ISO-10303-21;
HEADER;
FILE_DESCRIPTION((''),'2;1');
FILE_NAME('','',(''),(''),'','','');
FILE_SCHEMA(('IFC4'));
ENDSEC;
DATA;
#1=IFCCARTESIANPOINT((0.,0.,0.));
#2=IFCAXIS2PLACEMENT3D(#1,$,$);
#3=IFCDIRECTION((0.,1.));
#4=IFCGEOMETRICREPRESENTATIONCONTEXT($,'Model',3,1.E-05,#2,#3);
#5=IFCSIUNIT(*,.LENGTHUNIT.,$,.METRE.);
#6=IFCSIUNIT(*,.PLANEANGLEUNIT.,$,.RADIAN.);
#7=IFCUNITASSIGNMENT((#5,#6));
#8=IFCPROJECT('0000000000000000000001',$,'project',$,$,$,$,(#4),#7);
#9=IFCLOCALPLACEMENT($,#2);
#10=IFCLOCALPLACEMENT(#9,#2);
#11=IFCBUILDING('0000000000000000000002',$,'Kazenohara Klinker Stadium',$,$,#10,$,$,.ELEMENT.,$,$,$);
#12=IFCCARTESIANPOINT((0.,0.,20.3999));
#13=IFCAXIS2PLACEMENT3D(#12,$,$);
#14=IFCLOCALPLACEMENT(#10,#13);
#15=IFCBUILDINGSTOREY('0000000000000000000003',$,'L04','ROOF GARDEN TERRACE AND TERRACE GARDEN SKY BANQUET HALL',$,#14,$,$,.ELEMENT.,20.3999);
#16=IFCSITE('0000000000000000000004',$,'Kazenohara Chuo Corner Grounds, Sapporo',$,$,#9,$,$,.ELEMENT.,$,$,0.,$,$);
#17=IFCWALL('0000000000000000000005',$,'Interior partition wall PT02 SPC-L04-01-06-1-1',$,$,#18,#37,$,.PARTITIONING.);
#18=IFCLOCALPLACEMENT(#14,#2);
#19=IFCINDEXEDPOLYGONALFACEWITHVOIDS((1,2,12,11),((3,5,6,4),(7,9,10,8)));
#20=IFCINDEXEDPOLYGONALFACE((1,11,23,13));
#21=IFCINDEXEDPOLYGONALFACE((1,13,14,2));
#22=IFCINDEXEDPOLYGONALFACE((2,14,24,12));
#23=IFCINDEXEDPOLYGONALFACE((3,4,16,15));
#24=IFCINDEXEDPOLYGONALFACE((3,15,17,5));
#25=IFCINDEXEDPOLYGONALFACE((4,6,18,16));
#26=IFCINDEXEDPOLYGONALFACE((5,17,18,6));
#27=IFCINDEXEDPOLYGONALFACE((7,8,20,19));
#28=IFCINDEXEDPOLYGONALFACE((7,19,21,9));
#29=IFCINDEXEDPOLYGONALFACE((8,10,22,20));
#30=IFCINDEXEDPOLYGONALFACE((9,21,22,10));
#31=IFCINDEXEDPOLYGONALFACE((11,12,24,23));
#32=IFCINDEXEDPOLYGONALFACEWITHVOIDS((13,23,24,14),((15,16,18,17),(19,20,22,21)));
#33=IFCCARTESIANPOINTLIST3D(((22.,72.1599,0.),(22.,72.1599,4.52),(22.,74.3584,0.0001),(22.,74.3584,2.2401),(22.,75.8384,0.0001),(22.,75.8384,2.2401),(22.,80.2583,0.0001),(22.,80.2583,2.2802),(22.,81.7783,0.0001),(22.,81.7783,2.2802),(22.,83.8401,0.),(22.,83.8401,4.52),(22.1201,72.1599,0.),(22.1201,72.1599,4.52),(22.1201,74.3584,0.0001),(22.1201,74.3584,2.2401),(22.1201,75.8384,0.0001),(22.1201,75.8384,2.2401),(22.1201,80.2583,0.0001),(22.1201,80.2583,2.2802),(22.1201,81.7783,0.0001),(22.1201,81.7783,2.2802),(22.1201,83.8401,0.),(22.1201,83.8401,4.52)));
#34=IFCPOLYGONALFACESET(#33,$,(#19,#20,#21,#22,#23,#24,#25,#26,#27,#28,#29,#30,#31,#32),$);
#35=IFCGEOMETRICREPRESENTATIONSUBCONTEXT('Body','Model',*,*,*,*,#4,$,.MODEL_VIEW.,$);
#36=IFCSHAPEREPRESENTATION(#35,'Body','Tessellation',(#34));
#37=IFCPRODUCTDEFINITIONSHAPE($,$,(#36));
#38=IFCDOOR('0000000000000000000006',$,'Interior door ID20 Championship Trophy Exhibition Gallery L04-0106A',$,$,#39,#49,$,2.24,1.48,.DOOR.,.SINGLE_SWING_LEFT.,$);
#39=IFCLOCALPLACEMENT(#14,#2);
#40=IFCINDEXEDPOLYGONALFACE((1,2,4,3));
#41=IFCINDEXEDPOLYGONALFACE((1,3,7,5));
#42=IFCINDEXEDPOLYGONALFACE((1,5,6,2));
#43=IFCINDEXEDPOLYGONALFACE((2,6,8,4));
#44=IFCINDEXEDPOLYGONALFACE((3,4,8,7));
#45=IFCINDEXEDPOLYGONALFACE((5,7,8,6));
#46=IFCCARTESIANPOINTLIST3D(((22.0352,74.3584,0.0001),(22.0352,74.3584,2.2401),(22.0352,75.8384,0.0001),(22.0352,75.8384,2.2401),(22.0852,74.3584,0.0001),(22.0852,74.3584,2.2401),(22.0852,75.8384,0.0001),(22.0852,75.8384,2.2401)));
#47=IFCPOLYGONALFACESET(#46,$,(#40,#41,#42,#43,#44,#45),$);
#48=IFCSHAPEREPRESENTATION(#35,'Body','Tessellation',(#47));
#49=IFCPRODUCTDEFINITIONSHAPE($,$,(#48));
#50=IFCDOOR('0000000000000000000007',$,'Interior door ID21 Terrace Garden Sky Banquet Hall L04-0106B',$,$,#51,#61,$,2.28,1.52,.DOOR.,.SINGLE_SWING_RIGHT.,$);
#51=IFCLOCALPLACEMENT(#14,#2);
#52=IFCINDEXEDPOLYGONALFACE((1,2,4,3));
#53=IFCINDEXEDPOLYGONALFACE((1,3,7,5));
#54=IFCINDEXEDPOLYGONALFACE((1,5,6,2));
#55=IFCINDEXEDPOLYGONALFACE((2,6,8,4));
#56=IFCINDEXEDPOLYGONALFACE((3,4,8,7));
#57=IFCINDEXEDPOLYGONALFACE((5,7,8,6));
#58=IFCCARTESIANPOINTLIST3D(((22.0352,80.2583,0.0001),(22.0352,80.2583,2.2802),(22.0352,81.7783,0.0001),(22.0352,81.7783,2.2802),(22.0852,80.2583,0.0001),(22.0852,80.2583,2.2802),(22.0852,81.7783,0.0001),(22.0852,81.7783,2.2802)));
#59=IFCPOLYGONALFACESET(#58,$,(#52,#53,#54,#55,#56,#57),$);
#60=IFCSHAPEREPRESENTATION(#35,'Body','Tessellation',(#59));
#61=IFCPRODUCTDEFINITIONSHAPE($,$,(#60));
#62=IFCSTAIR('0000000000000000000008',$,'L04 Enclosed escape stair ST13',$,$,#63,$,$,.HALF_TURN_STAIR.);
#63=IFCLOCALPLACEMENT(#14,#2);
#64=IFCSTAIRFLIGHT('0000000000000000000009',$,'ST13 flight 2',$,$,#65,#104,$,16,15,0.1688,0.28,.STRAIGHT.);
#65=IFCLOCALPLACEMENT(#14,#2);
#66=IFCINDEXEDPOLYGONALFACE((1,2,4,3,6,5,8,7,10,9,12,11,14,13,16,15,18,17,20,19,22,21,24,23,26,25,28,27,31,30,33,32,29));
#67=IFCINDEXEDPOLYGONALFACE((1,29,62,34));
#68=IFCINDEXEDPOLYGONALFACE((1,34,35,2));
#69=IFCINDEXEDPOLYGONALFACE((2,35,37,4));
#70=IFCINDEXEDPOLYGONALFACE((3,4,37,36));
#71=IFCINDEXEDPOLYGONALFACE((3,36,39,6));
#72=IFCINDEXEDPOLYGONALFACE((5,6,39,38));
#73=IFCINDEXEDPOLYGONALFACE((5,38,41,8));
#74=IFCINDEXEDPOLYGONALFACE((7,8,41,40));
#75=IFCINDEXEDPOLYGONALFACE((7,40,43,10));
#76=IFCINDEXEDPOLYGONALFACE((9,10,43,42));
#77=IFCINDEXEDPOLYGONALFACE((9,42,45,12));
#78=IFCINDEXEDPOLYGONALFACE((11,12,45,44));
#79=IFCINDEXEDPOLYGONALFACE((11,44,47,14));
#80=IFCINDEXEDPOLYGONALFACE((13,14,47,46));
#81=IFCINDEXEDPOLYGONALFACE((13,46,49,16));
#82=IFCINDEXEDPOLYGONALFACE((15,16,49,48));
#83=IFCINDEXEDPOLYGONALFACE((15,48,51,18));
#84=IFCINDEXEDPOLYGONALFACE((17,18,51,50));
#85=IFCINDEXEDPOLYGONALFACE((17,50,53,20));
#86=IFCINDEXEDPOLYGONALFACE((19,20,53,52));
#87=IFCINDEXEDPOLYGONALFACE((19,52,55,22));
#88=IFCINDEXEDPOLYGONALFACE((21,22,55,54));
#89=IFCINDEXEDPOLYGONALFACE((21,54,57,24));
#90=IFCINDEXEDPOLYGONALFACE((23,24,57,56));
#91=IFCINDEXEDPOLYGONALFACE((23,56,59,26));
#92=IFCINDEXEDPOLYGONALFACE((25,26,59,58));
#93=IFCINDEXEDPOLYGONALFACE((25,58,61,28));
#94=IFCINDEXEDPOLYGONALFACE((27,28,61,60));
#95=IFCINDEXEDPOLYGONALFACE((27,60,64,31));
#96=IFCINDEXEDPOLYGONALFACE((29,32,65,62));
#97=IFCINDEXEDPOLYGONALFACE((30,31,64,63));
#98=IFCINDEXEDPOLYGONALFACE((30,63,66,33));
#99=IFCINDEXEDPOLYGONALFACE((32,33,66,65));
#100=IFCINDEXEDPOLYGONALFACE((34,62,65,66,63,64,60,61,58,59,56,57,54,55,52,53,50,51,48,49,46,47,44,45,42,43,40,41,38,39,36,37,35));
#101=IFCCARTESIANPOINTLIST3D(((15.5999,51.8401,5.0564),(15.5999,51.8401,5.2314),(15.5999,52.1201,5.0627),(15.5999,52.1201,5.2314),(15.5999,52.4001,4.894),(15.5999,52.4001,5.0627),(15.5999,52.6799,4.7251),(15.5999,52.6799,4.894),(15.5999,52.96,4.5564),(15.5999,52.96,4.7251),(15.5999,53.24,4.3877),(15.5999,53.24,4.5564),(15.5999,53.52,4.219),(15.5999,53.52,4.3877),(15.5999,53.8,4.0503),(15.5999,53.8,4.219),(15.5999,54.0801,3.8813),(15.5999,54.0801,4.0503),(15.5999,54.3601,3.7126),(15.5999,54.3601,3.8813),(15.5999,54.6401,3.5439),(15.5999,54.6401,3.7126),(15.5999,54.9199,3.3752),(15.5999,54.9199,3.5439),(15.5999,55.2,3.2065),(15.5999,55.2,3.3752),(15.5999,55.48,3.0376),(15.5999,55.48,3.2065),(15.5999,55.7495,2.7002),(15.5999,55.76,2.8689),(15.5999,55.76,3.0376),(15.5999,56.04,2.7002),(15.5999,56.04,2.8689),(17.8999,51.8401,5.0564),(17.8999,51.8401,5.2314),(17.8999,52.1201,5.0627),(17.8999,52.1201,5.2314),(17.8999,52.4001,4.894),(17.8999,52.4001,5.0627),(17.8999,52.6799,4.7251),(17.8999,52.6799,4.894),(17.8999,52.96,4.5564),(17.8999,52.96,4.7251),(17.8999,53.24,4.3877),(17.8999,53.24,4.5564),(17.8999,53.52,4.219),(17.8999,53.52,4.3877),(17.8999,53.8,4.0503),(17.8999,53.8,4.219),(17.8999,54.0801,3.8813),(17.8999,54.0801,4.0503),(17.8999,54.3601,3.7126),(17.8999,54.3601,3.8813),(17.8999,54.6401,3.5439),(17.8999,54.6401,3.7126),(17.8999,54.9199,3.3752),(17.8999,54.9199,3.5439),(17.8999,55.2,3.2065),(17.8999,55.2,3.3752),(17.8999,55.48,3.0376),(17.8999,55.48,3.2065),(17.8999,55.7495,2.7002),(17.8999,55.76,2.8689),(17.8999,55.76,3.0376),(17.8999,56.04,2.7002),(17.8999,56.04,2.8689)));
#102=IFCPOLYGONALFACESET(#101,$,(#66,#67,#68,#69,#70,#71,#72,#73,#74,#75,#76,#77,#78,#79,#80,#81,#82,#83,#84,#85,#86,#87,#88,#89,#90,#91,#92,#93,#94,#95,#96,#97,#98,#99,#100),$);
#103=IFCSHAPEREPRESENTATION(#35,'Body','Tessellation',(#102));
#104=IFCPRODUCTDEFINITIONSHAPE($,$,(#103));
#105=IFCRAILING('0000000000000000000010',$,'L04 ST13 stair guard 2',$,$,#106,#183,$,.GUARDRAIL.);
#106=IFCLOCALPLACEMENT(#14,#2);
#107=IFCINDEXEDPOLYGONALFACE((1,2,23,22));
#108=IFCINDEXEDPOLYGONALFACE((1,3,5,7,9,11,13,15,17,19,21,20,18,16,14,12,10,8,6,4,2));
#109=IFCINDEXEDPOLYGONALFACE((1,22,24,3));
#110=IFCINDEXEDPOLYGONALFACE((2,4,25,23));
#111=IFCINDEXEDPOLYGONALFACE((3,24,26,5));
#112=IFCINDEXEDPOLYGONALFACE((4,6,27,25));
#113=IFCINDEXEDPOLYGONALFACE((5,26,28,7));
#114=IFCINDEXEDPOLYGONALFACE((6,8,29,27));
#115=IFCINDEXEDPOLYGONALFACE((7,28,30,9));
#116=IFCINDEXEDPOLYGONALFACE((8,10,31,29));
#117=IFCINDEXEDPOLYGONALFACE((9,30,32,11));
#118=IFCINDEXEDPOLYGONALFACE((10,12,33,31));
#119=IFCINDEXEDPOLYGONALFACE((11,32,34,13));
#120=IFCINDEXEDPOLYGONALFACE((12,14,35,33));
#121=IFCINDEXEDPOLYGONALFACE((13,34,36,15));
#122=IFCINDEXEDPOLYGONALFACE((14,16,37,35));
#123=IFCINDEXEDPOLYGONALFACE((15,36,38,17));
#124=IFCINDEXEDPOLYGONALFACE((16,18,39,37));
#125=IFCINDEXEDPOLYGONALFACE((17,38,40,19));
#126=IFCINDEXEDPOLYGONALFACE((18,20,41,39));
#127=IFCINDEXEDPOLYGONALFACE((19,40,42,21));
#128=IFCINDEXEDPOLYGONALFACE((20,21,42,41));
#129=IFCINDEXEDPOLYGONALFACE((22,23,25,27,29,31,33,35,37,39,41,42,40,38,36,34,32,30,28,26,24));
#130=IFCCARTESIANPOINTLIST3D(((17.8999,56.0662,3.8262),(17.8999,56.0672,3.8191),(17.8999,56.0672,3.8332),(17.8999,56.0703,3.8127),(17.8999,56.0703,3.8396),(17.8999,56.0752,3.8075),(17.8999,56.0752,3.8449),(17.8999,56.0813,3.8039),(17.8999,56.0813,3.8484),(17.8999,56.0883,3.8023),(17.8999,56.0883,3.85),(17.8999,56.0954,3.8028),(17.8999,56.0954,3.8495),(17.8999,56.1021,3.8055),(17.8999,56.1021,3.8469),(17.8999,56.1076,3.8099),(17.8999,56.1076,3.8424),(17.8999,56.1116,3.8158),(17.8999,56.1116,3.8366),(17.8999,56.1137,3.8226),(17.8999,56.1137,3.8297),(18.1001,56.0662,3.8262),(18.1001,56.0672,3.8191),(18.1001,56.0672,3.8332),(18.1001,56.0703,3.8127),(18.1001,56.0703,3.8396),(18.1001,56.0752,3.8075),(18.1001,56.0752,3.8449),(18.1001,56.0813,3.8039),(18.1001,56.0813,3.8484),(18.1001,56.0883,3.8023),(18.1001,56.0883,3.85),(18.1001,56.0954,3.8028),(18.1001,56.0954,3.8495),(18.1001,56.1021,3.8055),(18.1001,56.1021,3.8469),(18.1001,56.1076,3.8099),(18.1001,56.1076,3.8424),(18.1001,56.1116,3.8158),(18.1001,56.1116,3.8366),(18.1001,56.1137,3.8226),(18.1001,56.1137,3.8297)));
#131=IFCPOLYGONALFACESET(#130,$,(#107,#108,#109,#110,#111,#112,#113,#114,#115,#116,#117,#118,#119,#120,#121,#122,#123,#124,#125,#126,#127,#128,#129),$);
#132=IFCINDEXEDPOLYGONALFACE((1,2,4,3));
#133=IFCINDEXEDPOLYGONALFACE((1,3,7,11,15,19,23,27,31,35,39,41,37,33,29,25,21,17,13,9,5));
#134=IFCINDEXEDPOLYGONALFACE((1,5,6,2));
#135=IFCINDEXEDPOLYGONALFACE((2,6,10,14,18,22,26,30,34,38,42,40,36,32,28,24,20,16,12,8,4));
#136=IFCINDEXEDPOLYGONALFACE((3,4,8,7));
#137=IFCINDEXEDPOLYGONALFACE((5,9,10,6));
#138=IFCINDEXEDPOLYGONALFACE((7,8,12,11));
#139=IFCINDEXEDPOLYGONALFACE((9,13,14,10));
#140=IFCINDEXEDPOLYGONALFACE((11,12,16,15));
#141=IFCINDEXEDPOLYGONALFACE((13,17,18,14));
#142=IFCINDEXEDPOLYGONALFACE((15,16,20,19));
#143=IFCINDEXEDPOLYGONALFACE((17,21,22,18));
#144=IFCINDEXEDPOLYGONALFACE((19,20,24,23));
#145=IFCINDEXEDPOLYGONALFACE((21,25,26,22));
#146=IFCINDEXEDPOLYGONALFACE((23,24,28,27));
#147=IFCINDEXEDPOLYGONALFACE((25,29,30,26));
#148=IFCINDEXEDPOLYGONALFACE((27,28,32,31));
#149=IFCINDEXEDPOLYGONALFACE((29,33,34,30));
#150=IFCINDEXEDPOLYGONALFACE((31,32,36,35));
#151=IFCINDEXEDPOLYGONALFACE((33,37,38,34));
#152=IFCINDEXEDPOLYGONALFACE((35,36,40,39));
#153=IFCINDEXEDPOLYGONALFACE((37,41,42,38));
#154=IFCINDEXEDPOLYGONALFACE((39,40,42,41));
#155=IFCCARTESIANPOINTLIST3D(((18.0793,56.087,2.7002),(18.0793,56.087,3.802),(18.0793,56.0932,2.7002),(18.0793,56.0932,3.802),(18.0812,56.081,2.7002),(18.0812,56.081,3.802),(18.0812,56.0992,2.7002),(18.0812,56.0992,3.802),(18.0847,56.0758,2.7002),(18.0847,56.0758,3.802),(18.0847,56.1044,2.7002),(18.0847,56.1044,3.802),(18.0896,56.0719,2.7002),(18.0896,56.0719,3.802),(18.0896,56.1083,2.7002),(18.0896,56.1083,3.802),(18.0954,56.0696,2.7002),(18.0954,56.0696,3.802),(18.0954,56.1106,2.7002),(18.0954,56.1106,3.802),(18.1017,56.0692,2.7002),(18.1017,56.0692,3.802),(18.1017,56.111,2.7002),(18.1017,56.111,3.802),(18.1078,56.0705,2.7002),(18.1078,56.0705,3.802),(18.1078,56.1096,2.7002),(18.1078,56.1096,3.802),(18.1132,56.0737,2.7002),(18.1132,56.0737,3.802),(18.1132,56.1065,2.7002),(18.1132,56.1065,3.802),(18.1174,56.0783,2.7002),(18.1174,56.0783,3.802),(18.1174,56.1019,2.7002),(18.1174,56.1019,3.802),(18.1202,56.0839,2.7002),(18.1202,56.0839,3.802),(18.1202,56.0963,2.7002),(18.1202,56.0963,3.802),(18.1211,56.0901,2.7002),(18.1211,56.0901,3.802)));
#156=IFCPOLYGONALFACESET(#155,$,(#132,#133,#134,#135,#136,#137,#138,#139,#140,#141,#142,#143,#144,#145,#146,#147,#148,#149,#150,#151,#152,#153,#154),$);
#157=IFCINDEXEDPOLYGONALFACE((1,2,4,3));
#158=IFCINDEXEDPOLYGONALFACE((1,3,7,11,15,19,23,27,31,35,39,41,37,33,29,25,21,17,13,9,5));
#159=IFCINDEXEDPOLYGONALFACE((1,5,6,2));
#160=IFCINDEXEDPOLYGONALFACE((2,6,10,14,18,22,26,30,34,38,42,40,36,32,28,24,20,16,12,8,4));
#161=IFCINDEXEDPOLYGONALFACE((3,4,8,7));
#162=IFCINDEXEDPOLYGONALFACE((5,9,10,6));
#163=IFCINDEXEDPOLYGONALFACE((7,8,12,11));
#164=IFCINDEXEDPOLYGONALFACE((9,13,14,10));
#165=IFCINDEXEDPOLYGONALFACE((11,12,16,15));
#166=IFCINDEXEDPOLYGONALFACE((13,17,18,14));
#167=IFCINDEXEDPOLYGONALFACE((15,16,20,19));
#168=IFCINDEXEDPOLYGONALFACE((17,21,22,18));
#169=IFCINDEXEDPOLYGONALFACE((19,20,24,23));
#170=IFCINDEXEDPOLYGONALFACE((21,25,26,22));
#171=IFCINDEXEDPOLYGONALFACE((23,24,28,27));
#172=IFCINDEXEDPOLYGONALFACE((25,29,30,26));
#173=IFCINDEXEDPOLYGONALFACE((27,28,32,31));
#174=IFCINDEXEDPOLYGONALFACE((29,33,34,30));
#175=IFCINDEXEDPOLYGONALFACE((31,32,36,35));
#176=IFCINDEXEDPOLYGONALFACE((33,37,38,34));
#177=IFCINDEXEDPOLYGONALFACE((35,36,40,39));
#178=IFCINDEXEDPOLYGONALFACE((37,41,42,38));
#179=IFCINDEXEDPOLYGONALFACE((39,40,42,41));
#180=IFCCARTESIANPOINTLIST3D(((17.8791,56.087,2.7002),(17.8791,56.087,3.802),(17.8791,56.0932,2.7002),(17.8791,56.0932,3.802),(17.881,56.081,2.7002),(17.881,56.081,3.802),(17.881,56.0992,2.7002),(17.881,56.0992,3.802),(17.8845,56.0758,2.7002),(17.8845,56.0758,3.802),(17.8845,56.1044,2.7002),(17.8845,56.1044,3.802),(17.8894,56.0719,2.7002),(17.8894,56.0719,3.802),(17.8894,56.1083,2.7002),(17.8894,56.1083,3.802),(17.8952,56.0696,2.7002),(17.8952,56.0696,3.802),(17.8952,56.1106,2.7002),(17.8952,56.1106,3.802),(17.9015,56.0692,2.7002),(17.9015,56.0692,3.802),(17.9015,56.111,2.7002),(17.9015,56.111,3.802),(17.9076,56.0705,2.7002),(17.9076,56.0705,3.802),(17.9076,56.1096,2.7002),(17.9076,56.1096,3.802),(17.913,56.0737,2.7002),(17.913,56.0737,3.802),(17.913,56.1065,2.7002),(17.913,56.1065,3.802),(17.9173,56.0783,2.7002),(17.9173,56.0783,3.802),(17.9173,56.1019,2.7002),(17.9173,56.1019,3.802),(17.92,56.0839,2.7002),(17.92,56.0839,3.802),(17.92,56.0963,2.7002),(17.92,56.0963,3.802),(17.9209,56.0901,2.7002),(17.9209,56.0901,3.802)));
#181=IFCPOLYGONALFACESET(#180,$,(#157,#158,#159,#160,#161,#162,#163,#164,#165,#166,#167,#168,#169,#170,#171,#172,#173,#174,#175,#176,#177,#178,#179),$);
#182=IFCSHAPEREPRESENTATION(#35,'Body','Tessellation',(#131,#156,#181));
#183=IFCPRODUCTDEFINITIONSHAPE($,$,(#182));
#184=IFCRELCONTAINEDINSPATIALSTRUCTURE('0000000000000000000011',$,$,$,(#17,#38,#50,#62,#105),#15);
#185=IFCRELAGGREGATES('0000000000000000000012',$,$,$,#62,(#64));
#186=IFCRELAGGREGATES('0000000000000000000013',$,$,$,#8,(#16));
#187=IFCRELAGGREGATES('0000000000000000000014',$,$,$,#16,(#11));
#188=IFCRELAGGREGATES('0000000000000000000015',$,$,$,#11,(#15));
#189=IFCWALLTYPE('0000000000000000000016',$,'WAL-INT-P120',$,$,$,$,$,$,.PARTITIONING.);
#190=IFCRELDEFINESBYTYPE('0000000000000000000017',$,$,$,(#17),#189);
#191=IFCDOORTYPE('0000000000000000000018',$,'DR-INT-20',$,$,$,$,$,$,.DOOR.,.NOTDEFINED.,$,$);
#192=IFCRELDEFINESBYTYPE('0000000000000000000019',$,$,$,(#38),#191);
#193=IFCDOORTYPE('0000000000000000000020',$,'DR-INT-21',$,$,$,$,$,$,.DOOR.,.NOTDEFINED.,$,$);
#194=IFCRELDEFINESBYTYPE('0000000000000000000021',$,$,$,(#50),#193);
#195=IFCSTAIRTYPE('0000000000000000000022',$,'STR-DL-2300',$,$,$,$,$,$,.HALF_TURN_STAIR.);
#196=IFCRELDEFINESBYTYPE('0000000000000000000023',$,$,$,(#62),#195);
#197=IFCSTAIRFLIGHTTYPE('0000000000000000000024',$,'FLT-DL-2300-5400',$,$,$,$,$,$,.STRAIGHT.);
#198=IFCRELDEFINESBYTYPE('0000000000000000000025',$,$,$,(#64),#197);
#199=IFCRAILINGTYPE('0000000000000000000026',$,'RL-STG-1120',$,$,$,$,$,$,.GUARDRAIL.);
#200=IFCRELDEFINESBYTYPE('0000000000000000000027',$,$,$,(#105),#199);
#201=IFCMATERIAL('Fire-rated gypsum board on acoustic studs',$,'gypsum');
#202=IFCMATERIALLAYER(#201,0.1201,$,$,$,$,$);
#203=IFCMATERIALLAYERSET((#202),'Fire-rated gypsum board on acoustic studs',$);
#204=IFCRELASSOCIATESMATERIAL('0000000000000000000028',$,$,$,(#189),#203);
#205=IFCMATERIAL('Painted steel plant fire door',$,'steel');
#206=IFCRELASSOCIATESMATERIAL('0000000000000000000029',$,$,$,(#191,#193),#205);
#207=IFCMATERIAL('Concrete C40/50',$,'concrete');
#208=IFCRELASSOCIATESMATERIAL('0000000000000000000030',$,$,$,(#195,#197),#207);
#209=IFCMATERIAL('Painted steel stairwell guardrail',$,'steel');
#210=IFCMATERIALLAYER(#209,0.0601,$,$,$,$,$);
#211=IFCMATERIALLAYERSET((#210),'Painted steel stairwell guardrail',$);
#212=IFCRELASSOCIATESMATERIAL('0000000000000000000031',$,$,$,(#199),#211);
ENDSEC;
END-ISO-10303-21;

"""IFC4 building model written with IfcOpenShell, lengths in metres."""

from ifc_helpers import new_model, si_unit, direction, frame, frame_2d, origin, origin_2d, place, context, subcontext, project, spatial, polyline, rectangle, circle, outline, extrude, material, layer, layer_set, type_object, element, fill, aggregate, save


model = new_model("IFC4")

# Units and contexts
model_context = context("Model", 3, precision=1e-05, world=origin(), true_north=direction((0.0, 1.0)))
body_context = subcontext(model_context, "Body", "Model", "MODEL_VIEW")
ifc_project = project(units=[si_unit("LENGTHUNIT", "METRE"), si_unit("PLANEANGLEUNIT", "RADIAN")], contexts=[model_context])

# Site, building, storey
site_placement = place(None, origin())
site = spatial("IfcSite", under=ifc_project, at=site_placement, Name="Kazenohara Chuo Corner Grounds, Sapporo", CompositionType="ELEMENT", RefElevation=0.0)
building_placement = place(site_placement, origin())
building = spatial("IfcBuilding", under=site, at=building_placement, Name="Kazenohara Klinker Stadium", CompositionType="ELEMENT")
storey_placement = place(building_placement, frame((0.0, 0.0, 20.3999)))
storey = spatial("IfcBuildingStorey", under=building, at=storey_placement, Name="L04", Description="ROOF GARDEN TERRACE AND TERRACE GARDEN SKY BANQUET HALL", CompositionType="ELEMENT", Elevation=20.3999)

# Shared definitions
ifc_material_1 = material(Name="Concrete C40/50", Category="concrete")

# Wall, openings, doors
ifc_material_2 = material(Name="Fire-rated gypsum board on acoustic studs", Category="gypsum")
ifc_layer_1 = layer(ifc_material_2, 0.1201)
ifc_layer_set_1 = layer_set([ifc_layer_1], Name="Fire-rated gypsum board on acoustic studs")
wall_type_1 = type_object("IfcWallType", Name="WAL-INT-P120", PredefinedType="PARTITIONING", material=ifc_layer_set_1)
wall_1_placement = place(storey_placement, frame((22.0601, 72.1599, 0.0), z_axis=(0.0, 0.0, 1.0), x_axis=(0.0, 1.0, 0.0)))
wall_1 = element("IfcWall", 1, at=wall_1_placement, inside=storey, type_object=wall_type_1, Name="Interior partition wall PT02 SPC-L04-01-06-1-1", PredefinedType="PARTITIONING", context=body_context, shape_type="SweptSolid", body=[
    extrude(rectangle(XDim=11.6802, YDim=0.1201, at=frame_2d((5.8401, 0.0))), origin(), (0.0, 0.0, 1.0), 4.52),
])
opening_1_placement = place(wall_1_placement, frame((2.1985, 0.0, 0.0)))
opening_1 = element("IfcOpeningElement", 2, at=opening_1_placement, cuts=wall_1, PredefinedType="OPENING", context=body_context, shape_type="SweptSolid", body=[
    extrude(rectangle(XDim=1.48, YDim=2.24, at=frame_2d((0.74, 1.1201))), frame((0.0, 0.0701, 0.0), z_axis=(0.0, -1.0, 0.0), x_axis=(1.0, 0.0, 0.0)), (0.0, 0.0, 1.0), 0.1401),
])
opening_2_placement = place(wall_1_placement, frame((8.0984, 0.0, 0.0)))
opening_2 = element("IfcOpeningElement", 3, at=opening_2_placement, cuts=wall_1, PredefinedType="OPENING", context=body_context, shape_type="SweptSolid", body=[
    extrude(rectangle(XDim=1.52, YDim=2.28, at=frame_2d((0.76, 1.1401))), frame((0.0, 0.0701, 0.0), z_axis=(0.0, -1.0, 0.0), x_axis=(1.0, 0.0, 0.0)), (0.0, 0.0, 1.0), 0.1401),
])
ifc_material_3 = material(Name="Painted steel plant fire door", Category="steel")
door_type_1 = type_object("IfcDoorType", Name="DR-INT-20", OperationType="NOTDEFINED", PredefinedType="DOOR", material=ifc_material_3)
door_1_placement = place(opening_1_placement, origin())
door_1 = element("IfcDoor", 4, at=door_1_placement, inside=storey, type_object=door_type_1, Name="Interior door ID20 Championship Trophy Exhibition Gallery L04-0106A", OperationType="SINGLE_SWING_LEFT", OverallHeight=2.24, OverallWidth=1.48, PredefinedType="DOOR", context=body_context, shape_type="SweptSolid", body=[
    extrude(rectangle(XDim=1.48, YDim=2.24, at=frame_2d((0.74, 1.1201))), frame((0.0, 0.0249, 0.0), z_axis=(0.0, -1.0, 0.0), x_axis=(1.0, 0.0, 0.0)), (0.0, 0.0, 1.0), 0.05),
])
fill(opening_1, door_1)
door_type_2 = type_object("IfcDoorType", Name="DR-INT-21", OperationType="NOTDEFINED", PredefinedType="DOOR", material=ifc_material_3)
door_2_placement = place(opening_2_placement, origin())
door_2 = element("IfcDoor", 5, at=door_2_placement, inside=storey, type_object=door_type_2, Name="Interior door ID21 Terrace Garden Sky Banquet Hall L04-0106B", OperationType="SINGLE_SWING_RIGHT", OverallHeight=2.28, OverallWidth=1.52, PredefinedType="DOOR", context=body_context, shape_type="SweptSolid", body=[
    extrude(rectangle(XDim=1.52, YDim=2.28, at=frame_2d((0.76, 1.1401))), frame((0.0, 0.0249, 0.0), z_axis=(0.0, -1.0, 0.0), x_axis=(1.0, 0.0, 0.0)), (0.0, 0.0, 1.0), 0.05),
])
fill(opening_2, door_2)

# Stair, stair flight
stair_type = type_object("IfcStairType", Name="STR-DL-2300", PredefinedType="HALF_TURN_STAIR", material=ifc_material_1)
stair_placement = place(storey_placement, origin())
stair = element("IfcStair", 6, at=stair_placement, inside=storey, type_object=stair_type, Name="L04 Enclosed escape stair ST13", PredefinedType="HALF_TURN_STAIR")
stair_flight_type = type_object("IfcStairFlightType", Name="FLT-DL-2300-5400", PredefinedType="STRAIGHT", material=ifc_material_1)
stair_flight_placement = place(storey_placement, frame((16.75, 56.04, 2.7002), z_axis=(0.0, 0.0, 1.0), x_axis=(0.0, -1.0, 0.0)))
stair_flight = element("IfcStairFlight", 7, at=stair_flight_placement, type_object=stair_flight_type, Name="ST13 flight 2", NumberOfRisers=16, NumberOfTreads=15, PredefinedType="STRAIGHT", RiserHeight=0.1688, TreadLength=0.28, context=body_context, shape_type="SweptSolid", body=[
    extrude(outline(polyline([(0.0, 0.0), (0.0, 0.1687), (0.28, 0.1687), (0.28, 0.3374), (0.5601, 0.3374), (0.5601, 0.5063), (0.8401, 0.5063), (0.8401, 0.675), (1.1201, 0.675), (1.1201, 0.8438), (1.3999, 0.8438), (1.3999, 1.0125), (1.6799, 1.0125), (1.6799, 1.1812), (1.96, 1.1812), (1.96, 1.3501), (2.24, 1.3501), (2.24, 1.5188), (2.52, 1.5188), (2.52, 1.6875), (2.8, 1.6875), (2.8, 1.8562), (3.0801, 1.8562), (3.0801, 2.0249), (3.3601, 2.0249), (3.3601, 2.1938), (3.6399, 2.1938), (3.6399, 2.3625), (3.9199, 2.3625), (3.9199, 2.5312), (4.2, 2.5312), (4.2, 2.7), (4.2, 2.3562), (0.2905, 0.0), (0.0, 0.0)])), frame((0.0, 1.1499, 0.0), z_axis=(0.0, -1.0, 0.0), x_axis=(1.0, 0.0, 0.0)), (0.0, 0.0, 1.0), 2.3),
])
aggregate(stair, [stair_flight])

# Railing
ifc_material_4 = material(Name="Painted steel stairwell guardrail", Category="steel")
ifc_layer_2 = layer(ifc_material_4, 0.0601)
ifc_layer_set_2 = layer_set([ifc_layer_2], Name="Painted steel stairwell guardrail")
railing_type = type_object("IfcRailingType", Name="RL-STG-1120", PredefinedType="GUARDRAIL", material=ifc_layer_set_2)
railing_1_placement = place(storey_placement, frame((18.1001, 56.0901, 2.7002)))
element("IfcRailing", 8, at=railing_1_placement, inside=storey, type_object=railing_type, Name="L04 ST13 stair guard 2", PredefinedType="GUARDRAIL", context=body_context, shape_type="SweptSolid", body=[
    extrude(circle(Radius=0.0239, at=origin_2d()), frame((0.0, 0.0, 1.126), z_axis=(-1.0, 0.0, 0.0), x_axis=(0.0, -1.0, 0.0)), (0.0, 0.0, 1.0), 0.2002),
    extrude(circle(Radius=0.021, at=origin_2d()), origin(), (0.0, 0.0, 1.0), 1.1018),
    extrude(circle(Radius=0.021, at=origin_2d()), frame((-0.2002, 0.0, 0.0)), (0.0, 0.0, 1.0), 1.1018),
])

save(model, "model.ifc")
